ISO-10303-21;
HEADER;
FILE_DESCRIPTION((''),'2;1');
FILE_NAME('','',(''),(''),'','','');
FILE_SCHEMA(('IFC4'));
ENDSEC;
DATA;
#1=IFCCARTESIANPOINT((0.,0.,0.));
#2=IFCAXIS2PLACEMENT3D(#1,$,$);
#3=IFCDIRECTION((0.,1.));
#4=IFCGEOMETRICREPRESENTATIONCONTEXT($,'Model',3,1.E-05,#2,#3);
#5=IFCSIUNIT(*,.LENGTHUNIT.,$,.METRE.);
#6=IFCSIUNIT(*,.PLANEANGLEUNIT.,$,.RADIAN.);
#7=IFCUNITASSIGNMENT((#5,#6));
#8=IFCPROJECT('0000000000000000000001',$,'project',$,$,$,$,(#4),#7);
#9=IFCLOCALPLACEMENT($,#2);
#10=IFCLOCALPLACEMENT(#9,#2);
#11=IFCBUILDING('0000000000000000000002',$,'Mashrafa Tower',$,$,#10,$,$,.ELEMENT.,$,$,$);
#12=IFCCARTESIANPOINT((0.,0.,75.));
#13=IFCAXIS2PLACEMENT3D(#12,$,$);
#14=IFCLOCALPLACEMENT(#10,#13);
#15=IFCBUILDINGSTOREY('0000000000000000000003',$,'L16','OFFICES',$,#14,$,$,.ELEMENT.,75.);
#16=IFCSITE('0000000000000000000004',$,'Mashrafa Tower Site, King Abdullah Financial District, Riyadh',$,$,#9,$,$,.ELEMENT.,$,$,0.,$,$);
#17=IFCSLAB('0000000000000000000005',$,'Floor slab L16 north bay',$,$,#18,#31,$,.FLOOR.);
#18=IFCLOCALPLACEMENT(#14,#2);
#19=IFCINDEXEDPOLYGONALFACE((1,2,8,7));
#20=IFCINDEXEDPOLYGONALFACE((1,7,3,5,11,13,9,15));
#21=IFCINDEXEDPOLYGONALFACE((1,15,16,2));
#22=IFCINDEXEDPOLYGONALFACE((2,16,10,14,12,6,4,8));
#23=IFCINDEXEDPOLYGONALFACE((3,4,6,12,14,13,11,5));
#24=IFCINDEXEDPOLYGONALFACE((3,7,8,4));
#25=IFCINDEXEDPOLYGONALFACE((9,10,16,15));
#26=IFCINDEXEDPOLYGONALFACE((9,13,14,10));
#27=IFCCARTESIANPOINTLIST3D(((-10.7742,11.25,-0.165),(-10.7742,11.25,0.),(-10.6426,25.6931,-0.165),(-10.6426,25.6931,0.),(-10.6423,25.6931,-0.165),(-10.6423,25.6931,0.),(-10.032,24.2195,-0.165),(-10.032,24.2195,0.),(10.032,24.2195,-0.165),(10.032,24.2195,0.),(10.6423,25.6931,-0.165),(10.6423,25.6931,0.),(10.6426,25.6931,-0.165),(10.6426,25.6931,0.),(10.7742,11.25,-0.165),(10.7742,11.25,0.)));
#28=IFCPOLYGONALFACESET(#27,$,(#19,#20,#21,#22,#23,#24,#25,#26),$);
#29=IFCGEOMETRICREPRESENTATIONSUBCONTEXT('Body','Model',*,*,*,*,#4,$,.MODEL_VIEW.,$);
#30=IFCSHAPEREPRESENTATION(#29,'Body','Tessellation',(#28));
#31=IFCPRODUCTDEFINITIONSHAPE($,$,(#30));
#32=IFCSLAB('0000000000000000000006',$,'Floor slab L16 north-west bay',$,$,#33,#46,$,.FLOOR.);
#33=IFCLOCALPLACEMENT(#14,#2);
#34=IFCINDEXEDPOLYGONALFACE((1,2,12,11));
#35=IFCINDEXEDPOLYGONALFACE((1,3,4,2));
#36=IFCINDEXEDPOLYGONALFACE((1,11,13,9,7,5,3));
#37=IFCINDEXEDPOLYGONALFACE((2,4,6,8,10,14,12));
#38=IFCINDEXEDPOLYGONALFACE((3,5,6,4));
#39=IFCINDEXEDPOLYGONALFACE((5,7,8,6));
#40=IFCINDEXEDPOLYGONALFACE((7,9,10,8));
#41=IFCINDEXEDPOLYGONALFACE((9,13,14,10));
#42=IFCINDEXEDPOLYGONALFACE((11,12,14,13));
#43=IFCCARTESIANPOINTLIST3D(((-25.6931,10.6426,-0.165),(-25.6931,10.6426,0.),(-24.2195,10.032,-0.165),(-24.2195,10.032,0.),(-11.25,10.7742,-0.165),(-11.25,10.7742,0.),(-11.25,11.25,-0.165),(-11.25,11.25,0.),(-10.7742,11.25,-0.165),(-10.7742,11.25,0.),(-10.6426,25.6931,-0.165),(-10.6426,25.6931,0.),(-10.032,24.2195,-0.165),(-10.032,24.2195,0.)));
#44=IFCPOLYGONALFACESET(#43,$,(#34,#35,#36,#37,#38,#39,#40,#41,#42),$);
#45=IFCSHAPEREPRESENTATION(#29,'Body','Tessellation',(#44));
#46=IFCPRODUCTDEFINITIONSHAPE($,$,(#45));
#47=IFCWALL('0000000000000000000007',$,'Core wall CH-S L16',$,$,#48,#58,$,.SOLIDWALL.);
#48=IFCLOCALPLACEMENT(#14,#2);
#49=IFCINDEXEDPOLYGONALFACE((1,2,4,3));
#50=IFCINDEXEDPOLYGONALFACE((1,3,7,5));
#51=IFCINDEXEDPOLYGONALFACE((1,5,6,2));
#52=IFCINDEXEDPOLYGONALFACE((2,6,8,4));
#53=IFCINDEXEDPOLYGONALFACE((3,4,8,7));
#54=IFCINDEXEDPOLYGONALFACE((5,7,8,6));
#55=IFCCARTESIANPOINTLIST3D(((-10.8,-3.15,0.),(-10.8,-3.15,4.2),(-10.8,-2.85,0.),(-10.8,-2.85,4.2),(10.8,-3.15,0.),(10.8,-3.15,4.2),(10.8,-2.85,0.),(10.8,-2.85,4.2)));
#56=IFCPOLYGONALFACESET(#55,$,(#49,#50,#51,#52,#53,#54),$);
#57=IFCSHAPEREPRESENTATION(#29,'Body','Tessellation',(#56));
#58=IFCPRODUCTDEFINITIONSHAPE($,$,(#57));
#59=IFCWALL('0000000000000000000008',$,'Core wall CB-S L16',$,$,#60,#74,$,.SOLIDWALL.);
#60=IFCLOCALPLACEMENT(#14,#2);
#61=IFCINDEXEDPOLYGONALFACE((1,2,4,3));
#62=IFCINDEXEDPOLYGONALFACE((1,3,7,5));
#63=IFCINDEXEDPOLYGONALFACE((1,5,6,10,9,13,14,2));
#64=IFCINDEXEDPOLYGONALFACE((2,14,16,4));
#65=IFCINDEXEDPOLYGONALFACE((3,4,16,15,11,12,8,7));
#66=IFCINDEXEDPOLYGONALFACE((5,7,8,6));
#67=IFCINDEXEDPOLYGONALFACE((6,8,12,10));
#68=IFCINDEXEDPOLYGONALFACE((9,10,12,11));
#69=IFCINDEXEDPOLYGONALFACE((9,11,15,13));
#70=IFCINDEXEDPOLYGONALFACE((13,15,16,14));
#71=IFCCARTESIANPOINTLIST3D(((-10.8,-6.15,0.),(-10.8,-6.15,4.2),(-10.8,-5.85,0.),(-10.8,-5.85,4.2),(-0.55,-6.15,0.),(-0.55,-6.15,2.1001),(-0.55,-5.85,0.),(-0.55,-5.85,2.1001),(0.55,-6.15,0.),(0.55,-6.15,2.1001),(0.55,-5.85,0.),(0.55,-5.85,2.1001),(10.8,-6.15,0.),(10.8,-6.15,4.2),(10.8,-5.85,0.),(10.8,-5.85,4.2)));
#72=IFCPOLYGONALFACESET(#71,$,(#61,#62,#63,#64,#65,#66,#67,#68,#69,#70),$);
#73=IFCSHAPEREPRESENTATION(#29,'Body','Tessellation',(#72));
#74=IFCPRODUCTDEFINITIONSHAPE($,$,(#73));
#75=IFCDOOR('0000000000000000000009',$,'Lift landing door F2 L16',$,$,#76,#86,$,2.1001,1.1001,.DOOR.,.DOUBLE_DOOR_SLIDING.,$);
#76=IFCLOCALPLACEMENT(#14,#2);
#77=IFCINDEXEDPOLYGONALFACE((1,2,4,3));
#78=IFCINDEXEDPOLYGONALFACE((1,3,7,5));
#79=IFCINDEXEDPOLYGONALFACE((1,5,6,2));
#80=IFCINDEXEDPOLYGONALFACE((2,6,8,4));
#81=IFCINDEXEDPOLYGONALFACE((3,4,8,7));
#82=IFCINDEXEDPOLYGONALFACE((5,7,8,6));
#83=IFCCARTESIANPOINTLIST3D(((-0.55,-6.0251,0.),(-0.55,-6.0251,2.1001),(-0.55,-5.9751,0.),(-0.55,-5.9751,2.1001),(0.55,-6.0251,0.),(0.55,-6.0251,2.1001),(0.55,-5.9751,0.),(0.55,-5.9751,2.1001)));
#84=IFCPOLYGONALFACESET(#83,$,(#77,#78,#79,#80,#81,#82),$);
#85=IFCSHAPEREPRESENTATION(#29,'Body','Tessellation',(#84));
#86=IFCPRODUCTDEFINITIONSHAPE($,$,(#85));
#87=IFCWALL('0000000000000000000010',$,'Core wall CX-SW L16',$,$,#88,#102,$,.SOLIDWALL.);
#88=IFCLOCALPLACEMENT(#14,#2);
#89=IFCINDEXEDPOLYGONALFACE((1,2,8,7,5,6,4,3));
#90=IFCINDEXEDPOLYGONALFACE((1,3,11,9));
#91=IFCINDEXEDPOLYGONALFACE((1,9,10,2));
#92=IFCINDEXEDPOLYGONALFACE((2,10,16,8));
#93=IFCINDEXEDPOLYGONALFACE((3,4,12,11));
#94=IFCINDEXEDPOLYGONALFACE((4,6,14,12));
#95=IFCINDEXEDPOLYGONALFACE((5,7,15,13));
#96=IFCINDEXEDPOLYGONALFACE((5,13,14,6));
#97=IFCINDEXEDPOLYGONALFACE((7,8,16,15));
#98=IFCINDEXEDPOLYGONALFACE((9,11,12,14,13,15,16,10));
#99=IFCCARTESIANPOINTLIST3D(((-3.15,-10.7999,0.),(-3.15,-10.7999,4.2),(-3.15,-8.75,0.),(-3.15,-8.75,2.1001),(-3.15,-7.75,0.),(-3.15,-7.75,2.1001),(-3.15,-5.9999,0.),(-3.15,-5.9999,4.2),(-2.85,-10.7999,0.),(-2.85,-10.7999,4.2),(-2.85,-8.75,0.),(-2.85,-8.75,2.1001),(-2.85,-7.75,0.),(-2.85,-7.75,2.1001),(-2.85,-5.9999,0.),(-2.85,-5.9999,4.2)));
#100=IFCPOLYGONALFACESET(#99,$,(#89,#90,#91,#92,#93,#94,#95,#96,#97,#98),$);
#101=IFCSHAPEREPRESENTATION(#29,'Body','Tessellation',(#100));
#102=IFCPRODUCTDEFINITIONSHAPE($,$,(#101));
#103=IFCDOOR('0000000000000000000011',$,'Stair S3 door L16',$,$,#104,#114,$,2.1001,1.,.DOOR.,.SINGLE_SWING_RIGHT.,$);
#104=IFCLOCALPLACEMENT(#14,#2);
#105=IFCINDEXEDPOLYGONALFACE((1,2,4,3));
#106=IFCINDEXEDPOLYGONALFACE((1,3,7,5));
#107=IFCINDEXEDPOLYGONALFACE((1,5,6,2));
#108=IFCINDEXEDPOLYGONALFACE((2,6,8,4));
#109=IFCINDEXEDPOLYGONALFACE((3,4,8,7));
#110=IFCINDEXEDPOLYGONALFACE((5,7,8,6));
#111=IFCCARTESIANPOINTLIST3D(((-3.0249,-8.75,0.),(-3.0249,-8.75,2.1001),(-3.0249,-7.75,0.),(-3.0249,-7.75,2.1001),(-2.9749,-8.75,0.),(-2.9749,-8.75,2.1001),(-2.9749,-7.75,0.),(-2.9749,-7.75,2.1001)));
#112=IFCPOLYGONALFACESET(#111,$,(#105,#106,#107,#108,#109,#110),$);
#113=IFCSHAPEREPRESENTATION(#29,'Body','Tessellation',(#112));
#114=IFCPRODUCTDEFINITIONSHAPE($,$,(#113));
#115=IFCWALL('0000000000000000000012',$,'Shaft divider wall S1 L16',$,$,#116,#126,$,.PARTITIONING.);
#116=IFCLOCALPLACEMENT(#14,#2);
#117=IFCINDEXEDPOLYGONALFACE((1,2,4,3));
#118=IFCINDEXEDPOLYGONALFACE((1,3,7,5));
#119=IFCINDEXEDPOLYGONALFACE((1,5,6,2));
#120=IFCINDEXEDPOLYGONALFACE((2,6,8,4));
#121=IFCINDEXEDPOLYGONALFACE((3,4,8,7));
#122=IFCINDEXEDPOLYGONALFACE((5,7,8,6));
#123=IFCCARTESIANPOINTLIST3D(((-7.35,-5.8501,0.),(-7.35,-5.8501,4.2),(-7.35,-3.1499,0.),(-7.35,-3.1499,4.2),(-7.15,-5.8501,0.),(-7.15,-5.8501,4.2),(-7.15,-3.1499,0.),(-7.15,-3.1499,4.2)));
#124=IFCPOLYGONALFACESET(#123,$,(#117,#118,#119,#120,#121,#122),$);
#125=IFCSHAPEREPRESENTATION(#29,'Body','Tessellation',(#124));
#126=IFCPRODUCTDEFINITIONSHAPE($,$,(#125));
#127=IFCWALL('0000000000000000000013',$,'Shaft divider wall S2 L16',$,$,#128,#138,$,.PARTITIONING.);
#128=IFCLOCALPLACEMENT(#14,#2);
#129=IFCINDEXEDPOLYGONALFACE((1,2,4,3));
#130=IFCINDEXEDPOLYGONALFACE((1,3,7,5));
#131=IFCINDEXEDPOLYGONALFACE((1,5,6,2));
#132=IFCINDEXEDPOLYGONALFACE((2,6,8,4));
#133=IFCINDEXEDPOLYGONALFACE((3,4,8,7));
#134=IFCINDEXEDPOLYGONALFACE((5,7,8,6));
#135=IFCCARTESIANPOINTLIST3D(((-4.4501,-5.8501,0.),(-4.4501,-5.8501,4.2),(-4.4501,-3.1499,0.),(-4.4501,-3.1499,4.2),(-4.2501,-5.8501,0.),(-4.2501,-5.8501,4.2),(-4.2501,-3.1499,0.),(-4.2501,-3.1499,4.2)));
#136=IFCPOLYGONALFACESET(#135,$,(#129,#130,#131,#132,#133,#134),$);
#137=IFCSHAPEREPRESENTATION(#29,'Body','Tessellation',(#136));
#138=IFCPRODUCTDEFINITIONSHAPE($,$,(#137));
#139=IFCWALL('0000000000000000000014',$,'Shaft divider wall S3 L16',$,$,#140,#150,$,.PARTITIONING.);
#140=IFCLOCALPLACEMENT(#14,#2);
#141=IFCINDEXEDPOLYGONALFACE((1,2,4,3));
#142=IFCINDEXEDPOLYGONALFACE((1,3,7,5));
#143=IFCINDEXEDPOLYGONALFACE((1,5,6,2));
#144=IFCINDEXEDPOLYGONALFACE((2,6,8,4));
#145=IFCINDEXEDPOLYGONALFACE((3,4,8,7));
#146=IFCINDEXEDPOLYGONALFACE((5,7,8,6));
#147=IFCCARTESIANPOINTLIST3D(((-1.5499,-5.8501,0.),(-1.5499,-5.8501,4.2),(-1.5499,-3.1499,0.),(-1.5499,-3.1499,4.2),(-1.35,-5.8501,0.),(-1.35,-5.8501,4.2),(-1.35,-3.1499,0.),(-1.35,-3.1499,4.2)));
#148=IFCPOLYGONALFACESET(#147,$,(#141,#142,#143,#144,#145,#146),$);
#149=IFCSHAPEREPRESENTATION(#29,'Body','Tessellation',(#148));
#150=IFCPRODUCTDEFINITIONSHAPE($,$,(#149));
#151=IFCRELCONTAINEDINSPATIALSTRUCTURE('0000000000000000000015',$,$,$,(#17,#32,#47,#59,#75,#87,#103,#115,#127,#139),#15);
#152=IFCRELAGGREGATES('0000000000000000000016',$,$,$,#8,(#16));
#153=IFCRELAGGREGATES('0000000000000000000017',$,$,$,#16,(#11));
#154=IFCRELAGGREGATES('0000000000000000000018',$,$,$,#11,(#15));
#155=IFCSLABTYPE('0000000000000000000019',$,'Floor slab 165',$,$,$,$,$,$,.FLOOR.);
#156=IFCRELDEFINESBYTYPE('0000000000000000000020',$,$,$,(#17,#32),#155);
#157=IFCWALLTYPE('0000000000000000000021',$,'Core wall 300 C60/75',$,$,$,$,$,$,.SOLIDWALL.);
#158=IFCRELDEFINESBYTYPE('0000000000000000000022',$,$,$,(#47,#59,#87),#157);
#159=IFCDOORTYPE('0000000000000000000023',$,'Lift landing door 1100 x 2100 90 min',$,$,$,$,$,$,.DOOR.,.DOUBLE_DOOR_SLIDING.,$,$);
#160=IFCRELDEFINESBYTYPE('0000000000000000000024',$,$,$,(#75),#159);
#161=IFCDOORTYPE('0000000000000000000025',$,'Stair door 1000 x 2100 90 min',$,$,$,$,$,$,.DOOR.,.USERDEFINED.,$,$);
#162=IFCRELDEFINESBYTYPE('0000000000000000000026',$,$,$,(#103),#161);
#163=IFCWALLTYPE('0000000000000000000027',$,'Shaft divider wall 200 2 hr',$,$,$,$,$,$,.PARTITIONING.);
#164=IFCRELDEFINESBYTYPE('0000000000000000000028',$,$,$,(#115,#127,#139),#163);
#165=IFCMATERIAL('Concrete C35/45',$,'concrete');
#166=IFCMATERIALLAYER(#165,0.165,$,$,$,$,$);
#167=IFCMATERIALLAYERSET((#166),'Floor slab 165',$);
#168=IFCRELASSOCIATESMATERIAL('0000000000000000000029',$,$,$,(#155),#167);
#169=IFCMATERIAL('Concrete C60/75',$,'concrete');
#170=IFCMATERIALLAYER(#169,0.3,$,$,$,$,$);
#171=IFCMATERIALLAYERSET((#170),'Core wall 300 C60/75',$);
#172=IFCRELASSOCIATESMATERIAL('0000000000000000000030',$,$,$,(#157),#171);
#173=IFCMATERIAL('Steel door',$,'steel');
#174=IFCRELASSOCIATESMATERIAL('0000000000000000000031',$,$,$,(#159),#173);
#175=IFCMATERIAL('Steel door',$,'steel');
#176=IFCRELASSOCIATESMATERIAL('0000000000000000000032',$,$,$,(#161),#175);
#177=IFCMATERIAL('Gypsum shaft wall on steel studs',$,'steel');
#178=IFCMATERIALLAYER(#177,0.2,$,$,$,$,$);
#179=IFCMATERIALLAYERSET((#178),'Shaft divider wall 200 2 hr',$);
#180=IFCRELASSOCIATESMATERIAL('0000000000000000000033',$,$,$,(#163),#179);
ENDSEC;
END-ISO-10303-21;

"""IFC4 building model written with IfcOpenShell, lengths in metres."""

from ifc_helpers import new_model, si_unit, direction, frame, frame_2d, origin, place, context, subcontext, project, spatial, polyline, rectangle, outline, extrude, material, layer, layer_set, type_object, element, fill, save


model = new_model("IFC4")

# Units and contexts
model_context = context("Model", 3, precision=1e-05, world=origin(), true_north=direction((0.0, 1.0)))
body_context = subcontext(model_context, "Body", "Model", "MODEL_VIEW")
ifc_project = project(units=[si_unit("LENGTHUNIT", "METRE"), si_unit("PLANEANGLEUNIT", "RADIAN")], contexts=[model_context])

# Site, building, storey
site_placement = place(None, origin())
site = spatial("IfcSite", under=ifc_project, at=site_placement, Name="Mashrafa Tower Site, King Abdullah Financial District, Riyadh", CompositionType="ELEMENT", RefElevation=0.0)
building_placement = place(site_placement, origin())
building = spatial("IfcBuilding", under=site, at=building_placement, Name="Mashrafa Tower", CompositionType="ELEMENT")
storey_placement = place(building_placement, frame((0.0, 0.0, 75.0)))
storey = spatial("IfcBuildingStorey", under=building, at=storey_placement, Name="L16", Description="OFFICES", CompositionType="ELEMENT", Elevation=75.0)

# Slabs
ifc_material_1 = material(Name="Concrete C35/45", Category="concrete")
ifc_layer_1 = layer(ifc_material_1, 0.165)
ifc_layer_set_1 = layer_set([ifc_layer_1], Name="Floor slab 165")
slab_type = type_object("IfcSlabType", Name="Floor slab 165", PredefinedType="FLOOR", material=ifc_layer_set_1)
slab_1_placement = place(storey_placement, frame((0.0, 0.0, -0.165)))
element("IfcSlab", 1, at=slab_1_placement, inside=storey, type_object=slab_type, Name="Floor slab L16 north bay", PredefinedType="FLOOR", context=body_context, shape_type="SweptSolid", body=[
    extrude(outline(polyline([(-10.6423, 25.6931), (10.6423, 25.6931), (10.6426, 25.6931), (10.032, 24.2195), (10.7742, 11.25), (-10.7742, 11.25), (-10.032, 24.2195), (-10.6426, 25.6931), (-10.6423, 25.6931)])), origin(), (0.0, 0.0, 1.0), 0.165),
])
slab_2_placement = place(storey_placement, frame((0.0, 0.0, -0.165)))
element("IfcSlab", 2, at=slab_2_placement, inside=storey, type_object=slab_type, Name="Floor slab L16 north-west bay", PredefinedType="FLOOR", context=body_context, shape_type="SweptSolid", body=[
    extrude(outline(polyline([(-10.6426, 25.6931), (-10.032, 24.2195), (-10.7742, 11.25), (-11.25, 11.25), (-11.25, 10.7742), (-24.2195, 10.032), (-25.6931, 10.6426), (-10.6426, 25.6931)])), origin(), (0.0, 0.0, 1.0), 0.165),
])

# Wall
ifc_material_2 = material(Name="Concrete C60/75", Category="concrete")
ifc_layer_2 = layer(ifc_material_2, 0.3)
ifc_layer_set_2 = layer_set([ifc_layer_2], Name="Core wall 300 C60/75")
wall_type_1 = type_object("IfcWallType", Name="Core wall 300 C60/75", PredefinedType="SOLIDWALL", material=ifc_layer_set_2)
wall_1_placement = place(storey_placement, frame((-10.8, -3.0, 0.0), z_axis=(0.0, 0.0, 1.0), x_axis=(1.0, 0.0, 0.0)))
element("IfcWall", 3, at=wall_1_placement, inside=storey, type_object=wall_type_1, Name="Core wall CH-S L16", PredefinedType="SOLIDWALL", context=body_context, shape_type="SweptSolid", body=[
    extrude(rectangle(XDim=21.6001, YDim=0.3, at=frame_2d((10.8, 0.0))), origin(), (0.0, 0.0, 1.0), 4.2),
])

# Walls, openings, doors
wall_2_placement = place(storey_placement, frame((-10.8, -6.0, 0.0), z_axis=(0.0, 0.0, 1.0), x_axis=(1.0, 0.0, 0.0)))
wall_2 = element("IfcWall", 4, at=wall_2_placement, inside=storey, type_object=wall_type_1, Name="Core wall CB-S L16", PredefinedType="SOLIDWALL", context=body_context, shape_type="SweptSolid", body=[
    extrude(rectangle(XDim=21.6001, YDim=0.3, at=frame_2d((10.8, 0.0))), origin(), (0.0, 0.0, 1.0), 4.2),
])
opening_1_placement = place(wall_2_placement, frame((10.25, 0.0, 0.0)))
opening_1 = element("IfcOpeningElement", 5, at=opening_1_placement, cuts=wall_2, PredefinedType="OPENING", context=body_context, shape_type="SweptSolid", body=[
    extrude(rectangle(XDim=1.1001, YDim=2.1001, at=frame_2d((0.55, 1.05))), frame((0.0, 0.1599, 0.0), z_axis=(0.0, -1.0, 0.0), x_axis=(1.0, 0.0, 0.0)), (0.0, 0.0, 1.0), 0.3201),
])
ifc_material_3 = material(Name="Steel door", Category="steel")
door_type_1 = type_object("IfcDoorType", Name="Lift landing door 1100 x 2100 90 min", OperationType="DOUBLE_DOOR_SLIDING", PredefinedType="DOOR", material=ifc_material_3)
door_1_placement = place(opening_1_placement, origin())
door_1 = element("IfcDoor", 6, at=door_1_placement, inside=storey, type_object=door_type_1, Name="Lift landing door F2 L16", OperationType="DOUBLE_DOOR_SLIDING", OverallHeight=2.1001, OverallWidth=1.1001, PredefinedType="DOOR", context=body_context, shape_type="SweptSolid", body=[
    extrude(rectangle(XDim=1.1001, YDim=2.1001, at=frame_2d((0.55, 1.05))), frame((0.0, 0.0249, 0.0), z_axis=(0.0, -1.0, 0.0), x_axis=(1.0, 0.0, 0.0)), (0.0, 0.0, 1.0), 0.05),
])
fill(opening_1, door_1)
wall_3_placement = place(storey_placement, frame((-3.0, -6.0, 0.0), z_axis=(0.0, 0.0, 1.0), x_axis=(0.0, -1.0, 0.0)))
wall_3 = element("IfcWall", 7, at=wall_3_placement, inside=storey, type_object=wall_type_1, Name="Core wall CX-SW L16", PredefinedType="SOLIDWALL", context=body_context, shape_type="SweptSolid", body=[
    extrude(rectangle(XDim=4.8, YDim=0.3, at=frame_2d((2.3999, 0.0))), origin(), (0.0, 0.0, 1.0), 4.2),
])
opening_2_placement = place(wall_3_placement, frame((1.75, 0.0, 0.0)))
opening_2 = element("IfcOpeningElement", 8, at=opening_2_placement, cuts=wall_3, PredefinedType="OPENING", context=body_context, shape_type="SweptSolid", body=[
    extrude(rectangle(XDim=1.0, YDim=2.1001, at=frame_2d((0.5, 1.05))), frame((0.0, 0.1599, 0.0), z_axis=(0.0, -1.0, 0.0), x_axis=(1.0, 0.0, 0.0)), (0.0, 0.0, 1.0), 0.3201),
])
ifc_material_4 = material(Name="Steel door", Category="steel")
door_type_2 = type_object("IfcDoorType", Name="Stair door 1000 x 2100 90 min", OperationType="USERDEFINED", PredefinedType="DOOR", material=ifc_material_4)
door_2_placement = place(opening_2_placement, frame((1.0, 0.0, 0.0), z_axis=(0.0, 0.0, 1.0), x_axis=(-1.0, 0.0, 0.0)))
door_2 = element("IfcDoor", 9, at=door_2_placement, inside=storey, type_object=door_type_2, Name="Stair S3 door L16", OperationType="SINGLE_SWING_RIGHT", OverallHeight=2.1001, OverallWidth=1.0, PredefinedType="DOOR", context=body_context, shape_type="SweptSolid", body=[
    extrude(rectangle(XDim=1.0, YDim=2.1001, at=frame_2d((0.5, 1.05))), frame((0.0, 0.0249, 0.0), z_axis=(0.0, -1.0, 0.0), x_axis=(1.0, 0.0, 0.0)), (0.0, 0.0, 1.0), 0.05),
])
fill(opening_2, door_2)

# Walls
ifc_material_5 = material(Name="Gypsum shaft wall on steel studs", Category="steel")
ifc_layer_3 = layer(ifc_material_5, 0.2)
ifc_layer_set_3 = layer_set([ifc_layer_3], Name="Shaft divider wall 200 2 hr")
wall_type_2 = type_object("IfcWallType", Name="Shaft divider wall 200 2 hr", PredefinedType="PARTITIONING", material=ifc_layer_set_3)
for number, where, z_axis, x_axis, name in (
    (10, (-7.25, -5.8501, 0.0), (0.0, 0.0, 1.0), (0.0, 1.0, 0.0), "Shaft divider wall S1 L16"),
    (11, (-4.3501, -5.8501, 0.0), (0.0, 0.0, 1.0), (0.0, 1.0, 0.0), "Shaft divider wall S2 L16"),
    (12, (-1.45, -5.8501, 0.0), (0.0, 0.0, 1.0), (0.0, 1.0, 0.0), "Shaft divider wall S3 L16"),
):
    element("IfcWall", number, at=place(storey_placement, frame(where, z_axis=z_axis, x_axis=x_axis)), inside=storey, type_object=wall_type_2, Name=name, PredefinedType="PARTITIONING", context=body_context, shape_type="SweptSolid", body=[
        extrude(rectangle(XDim=2.7002, YDim=0.2, at=frame_2d((1.3501, 0.0))), origin(), (0.0, 0.0, 1.0), 4.2),
    ])

save(model, "model.ifc")
